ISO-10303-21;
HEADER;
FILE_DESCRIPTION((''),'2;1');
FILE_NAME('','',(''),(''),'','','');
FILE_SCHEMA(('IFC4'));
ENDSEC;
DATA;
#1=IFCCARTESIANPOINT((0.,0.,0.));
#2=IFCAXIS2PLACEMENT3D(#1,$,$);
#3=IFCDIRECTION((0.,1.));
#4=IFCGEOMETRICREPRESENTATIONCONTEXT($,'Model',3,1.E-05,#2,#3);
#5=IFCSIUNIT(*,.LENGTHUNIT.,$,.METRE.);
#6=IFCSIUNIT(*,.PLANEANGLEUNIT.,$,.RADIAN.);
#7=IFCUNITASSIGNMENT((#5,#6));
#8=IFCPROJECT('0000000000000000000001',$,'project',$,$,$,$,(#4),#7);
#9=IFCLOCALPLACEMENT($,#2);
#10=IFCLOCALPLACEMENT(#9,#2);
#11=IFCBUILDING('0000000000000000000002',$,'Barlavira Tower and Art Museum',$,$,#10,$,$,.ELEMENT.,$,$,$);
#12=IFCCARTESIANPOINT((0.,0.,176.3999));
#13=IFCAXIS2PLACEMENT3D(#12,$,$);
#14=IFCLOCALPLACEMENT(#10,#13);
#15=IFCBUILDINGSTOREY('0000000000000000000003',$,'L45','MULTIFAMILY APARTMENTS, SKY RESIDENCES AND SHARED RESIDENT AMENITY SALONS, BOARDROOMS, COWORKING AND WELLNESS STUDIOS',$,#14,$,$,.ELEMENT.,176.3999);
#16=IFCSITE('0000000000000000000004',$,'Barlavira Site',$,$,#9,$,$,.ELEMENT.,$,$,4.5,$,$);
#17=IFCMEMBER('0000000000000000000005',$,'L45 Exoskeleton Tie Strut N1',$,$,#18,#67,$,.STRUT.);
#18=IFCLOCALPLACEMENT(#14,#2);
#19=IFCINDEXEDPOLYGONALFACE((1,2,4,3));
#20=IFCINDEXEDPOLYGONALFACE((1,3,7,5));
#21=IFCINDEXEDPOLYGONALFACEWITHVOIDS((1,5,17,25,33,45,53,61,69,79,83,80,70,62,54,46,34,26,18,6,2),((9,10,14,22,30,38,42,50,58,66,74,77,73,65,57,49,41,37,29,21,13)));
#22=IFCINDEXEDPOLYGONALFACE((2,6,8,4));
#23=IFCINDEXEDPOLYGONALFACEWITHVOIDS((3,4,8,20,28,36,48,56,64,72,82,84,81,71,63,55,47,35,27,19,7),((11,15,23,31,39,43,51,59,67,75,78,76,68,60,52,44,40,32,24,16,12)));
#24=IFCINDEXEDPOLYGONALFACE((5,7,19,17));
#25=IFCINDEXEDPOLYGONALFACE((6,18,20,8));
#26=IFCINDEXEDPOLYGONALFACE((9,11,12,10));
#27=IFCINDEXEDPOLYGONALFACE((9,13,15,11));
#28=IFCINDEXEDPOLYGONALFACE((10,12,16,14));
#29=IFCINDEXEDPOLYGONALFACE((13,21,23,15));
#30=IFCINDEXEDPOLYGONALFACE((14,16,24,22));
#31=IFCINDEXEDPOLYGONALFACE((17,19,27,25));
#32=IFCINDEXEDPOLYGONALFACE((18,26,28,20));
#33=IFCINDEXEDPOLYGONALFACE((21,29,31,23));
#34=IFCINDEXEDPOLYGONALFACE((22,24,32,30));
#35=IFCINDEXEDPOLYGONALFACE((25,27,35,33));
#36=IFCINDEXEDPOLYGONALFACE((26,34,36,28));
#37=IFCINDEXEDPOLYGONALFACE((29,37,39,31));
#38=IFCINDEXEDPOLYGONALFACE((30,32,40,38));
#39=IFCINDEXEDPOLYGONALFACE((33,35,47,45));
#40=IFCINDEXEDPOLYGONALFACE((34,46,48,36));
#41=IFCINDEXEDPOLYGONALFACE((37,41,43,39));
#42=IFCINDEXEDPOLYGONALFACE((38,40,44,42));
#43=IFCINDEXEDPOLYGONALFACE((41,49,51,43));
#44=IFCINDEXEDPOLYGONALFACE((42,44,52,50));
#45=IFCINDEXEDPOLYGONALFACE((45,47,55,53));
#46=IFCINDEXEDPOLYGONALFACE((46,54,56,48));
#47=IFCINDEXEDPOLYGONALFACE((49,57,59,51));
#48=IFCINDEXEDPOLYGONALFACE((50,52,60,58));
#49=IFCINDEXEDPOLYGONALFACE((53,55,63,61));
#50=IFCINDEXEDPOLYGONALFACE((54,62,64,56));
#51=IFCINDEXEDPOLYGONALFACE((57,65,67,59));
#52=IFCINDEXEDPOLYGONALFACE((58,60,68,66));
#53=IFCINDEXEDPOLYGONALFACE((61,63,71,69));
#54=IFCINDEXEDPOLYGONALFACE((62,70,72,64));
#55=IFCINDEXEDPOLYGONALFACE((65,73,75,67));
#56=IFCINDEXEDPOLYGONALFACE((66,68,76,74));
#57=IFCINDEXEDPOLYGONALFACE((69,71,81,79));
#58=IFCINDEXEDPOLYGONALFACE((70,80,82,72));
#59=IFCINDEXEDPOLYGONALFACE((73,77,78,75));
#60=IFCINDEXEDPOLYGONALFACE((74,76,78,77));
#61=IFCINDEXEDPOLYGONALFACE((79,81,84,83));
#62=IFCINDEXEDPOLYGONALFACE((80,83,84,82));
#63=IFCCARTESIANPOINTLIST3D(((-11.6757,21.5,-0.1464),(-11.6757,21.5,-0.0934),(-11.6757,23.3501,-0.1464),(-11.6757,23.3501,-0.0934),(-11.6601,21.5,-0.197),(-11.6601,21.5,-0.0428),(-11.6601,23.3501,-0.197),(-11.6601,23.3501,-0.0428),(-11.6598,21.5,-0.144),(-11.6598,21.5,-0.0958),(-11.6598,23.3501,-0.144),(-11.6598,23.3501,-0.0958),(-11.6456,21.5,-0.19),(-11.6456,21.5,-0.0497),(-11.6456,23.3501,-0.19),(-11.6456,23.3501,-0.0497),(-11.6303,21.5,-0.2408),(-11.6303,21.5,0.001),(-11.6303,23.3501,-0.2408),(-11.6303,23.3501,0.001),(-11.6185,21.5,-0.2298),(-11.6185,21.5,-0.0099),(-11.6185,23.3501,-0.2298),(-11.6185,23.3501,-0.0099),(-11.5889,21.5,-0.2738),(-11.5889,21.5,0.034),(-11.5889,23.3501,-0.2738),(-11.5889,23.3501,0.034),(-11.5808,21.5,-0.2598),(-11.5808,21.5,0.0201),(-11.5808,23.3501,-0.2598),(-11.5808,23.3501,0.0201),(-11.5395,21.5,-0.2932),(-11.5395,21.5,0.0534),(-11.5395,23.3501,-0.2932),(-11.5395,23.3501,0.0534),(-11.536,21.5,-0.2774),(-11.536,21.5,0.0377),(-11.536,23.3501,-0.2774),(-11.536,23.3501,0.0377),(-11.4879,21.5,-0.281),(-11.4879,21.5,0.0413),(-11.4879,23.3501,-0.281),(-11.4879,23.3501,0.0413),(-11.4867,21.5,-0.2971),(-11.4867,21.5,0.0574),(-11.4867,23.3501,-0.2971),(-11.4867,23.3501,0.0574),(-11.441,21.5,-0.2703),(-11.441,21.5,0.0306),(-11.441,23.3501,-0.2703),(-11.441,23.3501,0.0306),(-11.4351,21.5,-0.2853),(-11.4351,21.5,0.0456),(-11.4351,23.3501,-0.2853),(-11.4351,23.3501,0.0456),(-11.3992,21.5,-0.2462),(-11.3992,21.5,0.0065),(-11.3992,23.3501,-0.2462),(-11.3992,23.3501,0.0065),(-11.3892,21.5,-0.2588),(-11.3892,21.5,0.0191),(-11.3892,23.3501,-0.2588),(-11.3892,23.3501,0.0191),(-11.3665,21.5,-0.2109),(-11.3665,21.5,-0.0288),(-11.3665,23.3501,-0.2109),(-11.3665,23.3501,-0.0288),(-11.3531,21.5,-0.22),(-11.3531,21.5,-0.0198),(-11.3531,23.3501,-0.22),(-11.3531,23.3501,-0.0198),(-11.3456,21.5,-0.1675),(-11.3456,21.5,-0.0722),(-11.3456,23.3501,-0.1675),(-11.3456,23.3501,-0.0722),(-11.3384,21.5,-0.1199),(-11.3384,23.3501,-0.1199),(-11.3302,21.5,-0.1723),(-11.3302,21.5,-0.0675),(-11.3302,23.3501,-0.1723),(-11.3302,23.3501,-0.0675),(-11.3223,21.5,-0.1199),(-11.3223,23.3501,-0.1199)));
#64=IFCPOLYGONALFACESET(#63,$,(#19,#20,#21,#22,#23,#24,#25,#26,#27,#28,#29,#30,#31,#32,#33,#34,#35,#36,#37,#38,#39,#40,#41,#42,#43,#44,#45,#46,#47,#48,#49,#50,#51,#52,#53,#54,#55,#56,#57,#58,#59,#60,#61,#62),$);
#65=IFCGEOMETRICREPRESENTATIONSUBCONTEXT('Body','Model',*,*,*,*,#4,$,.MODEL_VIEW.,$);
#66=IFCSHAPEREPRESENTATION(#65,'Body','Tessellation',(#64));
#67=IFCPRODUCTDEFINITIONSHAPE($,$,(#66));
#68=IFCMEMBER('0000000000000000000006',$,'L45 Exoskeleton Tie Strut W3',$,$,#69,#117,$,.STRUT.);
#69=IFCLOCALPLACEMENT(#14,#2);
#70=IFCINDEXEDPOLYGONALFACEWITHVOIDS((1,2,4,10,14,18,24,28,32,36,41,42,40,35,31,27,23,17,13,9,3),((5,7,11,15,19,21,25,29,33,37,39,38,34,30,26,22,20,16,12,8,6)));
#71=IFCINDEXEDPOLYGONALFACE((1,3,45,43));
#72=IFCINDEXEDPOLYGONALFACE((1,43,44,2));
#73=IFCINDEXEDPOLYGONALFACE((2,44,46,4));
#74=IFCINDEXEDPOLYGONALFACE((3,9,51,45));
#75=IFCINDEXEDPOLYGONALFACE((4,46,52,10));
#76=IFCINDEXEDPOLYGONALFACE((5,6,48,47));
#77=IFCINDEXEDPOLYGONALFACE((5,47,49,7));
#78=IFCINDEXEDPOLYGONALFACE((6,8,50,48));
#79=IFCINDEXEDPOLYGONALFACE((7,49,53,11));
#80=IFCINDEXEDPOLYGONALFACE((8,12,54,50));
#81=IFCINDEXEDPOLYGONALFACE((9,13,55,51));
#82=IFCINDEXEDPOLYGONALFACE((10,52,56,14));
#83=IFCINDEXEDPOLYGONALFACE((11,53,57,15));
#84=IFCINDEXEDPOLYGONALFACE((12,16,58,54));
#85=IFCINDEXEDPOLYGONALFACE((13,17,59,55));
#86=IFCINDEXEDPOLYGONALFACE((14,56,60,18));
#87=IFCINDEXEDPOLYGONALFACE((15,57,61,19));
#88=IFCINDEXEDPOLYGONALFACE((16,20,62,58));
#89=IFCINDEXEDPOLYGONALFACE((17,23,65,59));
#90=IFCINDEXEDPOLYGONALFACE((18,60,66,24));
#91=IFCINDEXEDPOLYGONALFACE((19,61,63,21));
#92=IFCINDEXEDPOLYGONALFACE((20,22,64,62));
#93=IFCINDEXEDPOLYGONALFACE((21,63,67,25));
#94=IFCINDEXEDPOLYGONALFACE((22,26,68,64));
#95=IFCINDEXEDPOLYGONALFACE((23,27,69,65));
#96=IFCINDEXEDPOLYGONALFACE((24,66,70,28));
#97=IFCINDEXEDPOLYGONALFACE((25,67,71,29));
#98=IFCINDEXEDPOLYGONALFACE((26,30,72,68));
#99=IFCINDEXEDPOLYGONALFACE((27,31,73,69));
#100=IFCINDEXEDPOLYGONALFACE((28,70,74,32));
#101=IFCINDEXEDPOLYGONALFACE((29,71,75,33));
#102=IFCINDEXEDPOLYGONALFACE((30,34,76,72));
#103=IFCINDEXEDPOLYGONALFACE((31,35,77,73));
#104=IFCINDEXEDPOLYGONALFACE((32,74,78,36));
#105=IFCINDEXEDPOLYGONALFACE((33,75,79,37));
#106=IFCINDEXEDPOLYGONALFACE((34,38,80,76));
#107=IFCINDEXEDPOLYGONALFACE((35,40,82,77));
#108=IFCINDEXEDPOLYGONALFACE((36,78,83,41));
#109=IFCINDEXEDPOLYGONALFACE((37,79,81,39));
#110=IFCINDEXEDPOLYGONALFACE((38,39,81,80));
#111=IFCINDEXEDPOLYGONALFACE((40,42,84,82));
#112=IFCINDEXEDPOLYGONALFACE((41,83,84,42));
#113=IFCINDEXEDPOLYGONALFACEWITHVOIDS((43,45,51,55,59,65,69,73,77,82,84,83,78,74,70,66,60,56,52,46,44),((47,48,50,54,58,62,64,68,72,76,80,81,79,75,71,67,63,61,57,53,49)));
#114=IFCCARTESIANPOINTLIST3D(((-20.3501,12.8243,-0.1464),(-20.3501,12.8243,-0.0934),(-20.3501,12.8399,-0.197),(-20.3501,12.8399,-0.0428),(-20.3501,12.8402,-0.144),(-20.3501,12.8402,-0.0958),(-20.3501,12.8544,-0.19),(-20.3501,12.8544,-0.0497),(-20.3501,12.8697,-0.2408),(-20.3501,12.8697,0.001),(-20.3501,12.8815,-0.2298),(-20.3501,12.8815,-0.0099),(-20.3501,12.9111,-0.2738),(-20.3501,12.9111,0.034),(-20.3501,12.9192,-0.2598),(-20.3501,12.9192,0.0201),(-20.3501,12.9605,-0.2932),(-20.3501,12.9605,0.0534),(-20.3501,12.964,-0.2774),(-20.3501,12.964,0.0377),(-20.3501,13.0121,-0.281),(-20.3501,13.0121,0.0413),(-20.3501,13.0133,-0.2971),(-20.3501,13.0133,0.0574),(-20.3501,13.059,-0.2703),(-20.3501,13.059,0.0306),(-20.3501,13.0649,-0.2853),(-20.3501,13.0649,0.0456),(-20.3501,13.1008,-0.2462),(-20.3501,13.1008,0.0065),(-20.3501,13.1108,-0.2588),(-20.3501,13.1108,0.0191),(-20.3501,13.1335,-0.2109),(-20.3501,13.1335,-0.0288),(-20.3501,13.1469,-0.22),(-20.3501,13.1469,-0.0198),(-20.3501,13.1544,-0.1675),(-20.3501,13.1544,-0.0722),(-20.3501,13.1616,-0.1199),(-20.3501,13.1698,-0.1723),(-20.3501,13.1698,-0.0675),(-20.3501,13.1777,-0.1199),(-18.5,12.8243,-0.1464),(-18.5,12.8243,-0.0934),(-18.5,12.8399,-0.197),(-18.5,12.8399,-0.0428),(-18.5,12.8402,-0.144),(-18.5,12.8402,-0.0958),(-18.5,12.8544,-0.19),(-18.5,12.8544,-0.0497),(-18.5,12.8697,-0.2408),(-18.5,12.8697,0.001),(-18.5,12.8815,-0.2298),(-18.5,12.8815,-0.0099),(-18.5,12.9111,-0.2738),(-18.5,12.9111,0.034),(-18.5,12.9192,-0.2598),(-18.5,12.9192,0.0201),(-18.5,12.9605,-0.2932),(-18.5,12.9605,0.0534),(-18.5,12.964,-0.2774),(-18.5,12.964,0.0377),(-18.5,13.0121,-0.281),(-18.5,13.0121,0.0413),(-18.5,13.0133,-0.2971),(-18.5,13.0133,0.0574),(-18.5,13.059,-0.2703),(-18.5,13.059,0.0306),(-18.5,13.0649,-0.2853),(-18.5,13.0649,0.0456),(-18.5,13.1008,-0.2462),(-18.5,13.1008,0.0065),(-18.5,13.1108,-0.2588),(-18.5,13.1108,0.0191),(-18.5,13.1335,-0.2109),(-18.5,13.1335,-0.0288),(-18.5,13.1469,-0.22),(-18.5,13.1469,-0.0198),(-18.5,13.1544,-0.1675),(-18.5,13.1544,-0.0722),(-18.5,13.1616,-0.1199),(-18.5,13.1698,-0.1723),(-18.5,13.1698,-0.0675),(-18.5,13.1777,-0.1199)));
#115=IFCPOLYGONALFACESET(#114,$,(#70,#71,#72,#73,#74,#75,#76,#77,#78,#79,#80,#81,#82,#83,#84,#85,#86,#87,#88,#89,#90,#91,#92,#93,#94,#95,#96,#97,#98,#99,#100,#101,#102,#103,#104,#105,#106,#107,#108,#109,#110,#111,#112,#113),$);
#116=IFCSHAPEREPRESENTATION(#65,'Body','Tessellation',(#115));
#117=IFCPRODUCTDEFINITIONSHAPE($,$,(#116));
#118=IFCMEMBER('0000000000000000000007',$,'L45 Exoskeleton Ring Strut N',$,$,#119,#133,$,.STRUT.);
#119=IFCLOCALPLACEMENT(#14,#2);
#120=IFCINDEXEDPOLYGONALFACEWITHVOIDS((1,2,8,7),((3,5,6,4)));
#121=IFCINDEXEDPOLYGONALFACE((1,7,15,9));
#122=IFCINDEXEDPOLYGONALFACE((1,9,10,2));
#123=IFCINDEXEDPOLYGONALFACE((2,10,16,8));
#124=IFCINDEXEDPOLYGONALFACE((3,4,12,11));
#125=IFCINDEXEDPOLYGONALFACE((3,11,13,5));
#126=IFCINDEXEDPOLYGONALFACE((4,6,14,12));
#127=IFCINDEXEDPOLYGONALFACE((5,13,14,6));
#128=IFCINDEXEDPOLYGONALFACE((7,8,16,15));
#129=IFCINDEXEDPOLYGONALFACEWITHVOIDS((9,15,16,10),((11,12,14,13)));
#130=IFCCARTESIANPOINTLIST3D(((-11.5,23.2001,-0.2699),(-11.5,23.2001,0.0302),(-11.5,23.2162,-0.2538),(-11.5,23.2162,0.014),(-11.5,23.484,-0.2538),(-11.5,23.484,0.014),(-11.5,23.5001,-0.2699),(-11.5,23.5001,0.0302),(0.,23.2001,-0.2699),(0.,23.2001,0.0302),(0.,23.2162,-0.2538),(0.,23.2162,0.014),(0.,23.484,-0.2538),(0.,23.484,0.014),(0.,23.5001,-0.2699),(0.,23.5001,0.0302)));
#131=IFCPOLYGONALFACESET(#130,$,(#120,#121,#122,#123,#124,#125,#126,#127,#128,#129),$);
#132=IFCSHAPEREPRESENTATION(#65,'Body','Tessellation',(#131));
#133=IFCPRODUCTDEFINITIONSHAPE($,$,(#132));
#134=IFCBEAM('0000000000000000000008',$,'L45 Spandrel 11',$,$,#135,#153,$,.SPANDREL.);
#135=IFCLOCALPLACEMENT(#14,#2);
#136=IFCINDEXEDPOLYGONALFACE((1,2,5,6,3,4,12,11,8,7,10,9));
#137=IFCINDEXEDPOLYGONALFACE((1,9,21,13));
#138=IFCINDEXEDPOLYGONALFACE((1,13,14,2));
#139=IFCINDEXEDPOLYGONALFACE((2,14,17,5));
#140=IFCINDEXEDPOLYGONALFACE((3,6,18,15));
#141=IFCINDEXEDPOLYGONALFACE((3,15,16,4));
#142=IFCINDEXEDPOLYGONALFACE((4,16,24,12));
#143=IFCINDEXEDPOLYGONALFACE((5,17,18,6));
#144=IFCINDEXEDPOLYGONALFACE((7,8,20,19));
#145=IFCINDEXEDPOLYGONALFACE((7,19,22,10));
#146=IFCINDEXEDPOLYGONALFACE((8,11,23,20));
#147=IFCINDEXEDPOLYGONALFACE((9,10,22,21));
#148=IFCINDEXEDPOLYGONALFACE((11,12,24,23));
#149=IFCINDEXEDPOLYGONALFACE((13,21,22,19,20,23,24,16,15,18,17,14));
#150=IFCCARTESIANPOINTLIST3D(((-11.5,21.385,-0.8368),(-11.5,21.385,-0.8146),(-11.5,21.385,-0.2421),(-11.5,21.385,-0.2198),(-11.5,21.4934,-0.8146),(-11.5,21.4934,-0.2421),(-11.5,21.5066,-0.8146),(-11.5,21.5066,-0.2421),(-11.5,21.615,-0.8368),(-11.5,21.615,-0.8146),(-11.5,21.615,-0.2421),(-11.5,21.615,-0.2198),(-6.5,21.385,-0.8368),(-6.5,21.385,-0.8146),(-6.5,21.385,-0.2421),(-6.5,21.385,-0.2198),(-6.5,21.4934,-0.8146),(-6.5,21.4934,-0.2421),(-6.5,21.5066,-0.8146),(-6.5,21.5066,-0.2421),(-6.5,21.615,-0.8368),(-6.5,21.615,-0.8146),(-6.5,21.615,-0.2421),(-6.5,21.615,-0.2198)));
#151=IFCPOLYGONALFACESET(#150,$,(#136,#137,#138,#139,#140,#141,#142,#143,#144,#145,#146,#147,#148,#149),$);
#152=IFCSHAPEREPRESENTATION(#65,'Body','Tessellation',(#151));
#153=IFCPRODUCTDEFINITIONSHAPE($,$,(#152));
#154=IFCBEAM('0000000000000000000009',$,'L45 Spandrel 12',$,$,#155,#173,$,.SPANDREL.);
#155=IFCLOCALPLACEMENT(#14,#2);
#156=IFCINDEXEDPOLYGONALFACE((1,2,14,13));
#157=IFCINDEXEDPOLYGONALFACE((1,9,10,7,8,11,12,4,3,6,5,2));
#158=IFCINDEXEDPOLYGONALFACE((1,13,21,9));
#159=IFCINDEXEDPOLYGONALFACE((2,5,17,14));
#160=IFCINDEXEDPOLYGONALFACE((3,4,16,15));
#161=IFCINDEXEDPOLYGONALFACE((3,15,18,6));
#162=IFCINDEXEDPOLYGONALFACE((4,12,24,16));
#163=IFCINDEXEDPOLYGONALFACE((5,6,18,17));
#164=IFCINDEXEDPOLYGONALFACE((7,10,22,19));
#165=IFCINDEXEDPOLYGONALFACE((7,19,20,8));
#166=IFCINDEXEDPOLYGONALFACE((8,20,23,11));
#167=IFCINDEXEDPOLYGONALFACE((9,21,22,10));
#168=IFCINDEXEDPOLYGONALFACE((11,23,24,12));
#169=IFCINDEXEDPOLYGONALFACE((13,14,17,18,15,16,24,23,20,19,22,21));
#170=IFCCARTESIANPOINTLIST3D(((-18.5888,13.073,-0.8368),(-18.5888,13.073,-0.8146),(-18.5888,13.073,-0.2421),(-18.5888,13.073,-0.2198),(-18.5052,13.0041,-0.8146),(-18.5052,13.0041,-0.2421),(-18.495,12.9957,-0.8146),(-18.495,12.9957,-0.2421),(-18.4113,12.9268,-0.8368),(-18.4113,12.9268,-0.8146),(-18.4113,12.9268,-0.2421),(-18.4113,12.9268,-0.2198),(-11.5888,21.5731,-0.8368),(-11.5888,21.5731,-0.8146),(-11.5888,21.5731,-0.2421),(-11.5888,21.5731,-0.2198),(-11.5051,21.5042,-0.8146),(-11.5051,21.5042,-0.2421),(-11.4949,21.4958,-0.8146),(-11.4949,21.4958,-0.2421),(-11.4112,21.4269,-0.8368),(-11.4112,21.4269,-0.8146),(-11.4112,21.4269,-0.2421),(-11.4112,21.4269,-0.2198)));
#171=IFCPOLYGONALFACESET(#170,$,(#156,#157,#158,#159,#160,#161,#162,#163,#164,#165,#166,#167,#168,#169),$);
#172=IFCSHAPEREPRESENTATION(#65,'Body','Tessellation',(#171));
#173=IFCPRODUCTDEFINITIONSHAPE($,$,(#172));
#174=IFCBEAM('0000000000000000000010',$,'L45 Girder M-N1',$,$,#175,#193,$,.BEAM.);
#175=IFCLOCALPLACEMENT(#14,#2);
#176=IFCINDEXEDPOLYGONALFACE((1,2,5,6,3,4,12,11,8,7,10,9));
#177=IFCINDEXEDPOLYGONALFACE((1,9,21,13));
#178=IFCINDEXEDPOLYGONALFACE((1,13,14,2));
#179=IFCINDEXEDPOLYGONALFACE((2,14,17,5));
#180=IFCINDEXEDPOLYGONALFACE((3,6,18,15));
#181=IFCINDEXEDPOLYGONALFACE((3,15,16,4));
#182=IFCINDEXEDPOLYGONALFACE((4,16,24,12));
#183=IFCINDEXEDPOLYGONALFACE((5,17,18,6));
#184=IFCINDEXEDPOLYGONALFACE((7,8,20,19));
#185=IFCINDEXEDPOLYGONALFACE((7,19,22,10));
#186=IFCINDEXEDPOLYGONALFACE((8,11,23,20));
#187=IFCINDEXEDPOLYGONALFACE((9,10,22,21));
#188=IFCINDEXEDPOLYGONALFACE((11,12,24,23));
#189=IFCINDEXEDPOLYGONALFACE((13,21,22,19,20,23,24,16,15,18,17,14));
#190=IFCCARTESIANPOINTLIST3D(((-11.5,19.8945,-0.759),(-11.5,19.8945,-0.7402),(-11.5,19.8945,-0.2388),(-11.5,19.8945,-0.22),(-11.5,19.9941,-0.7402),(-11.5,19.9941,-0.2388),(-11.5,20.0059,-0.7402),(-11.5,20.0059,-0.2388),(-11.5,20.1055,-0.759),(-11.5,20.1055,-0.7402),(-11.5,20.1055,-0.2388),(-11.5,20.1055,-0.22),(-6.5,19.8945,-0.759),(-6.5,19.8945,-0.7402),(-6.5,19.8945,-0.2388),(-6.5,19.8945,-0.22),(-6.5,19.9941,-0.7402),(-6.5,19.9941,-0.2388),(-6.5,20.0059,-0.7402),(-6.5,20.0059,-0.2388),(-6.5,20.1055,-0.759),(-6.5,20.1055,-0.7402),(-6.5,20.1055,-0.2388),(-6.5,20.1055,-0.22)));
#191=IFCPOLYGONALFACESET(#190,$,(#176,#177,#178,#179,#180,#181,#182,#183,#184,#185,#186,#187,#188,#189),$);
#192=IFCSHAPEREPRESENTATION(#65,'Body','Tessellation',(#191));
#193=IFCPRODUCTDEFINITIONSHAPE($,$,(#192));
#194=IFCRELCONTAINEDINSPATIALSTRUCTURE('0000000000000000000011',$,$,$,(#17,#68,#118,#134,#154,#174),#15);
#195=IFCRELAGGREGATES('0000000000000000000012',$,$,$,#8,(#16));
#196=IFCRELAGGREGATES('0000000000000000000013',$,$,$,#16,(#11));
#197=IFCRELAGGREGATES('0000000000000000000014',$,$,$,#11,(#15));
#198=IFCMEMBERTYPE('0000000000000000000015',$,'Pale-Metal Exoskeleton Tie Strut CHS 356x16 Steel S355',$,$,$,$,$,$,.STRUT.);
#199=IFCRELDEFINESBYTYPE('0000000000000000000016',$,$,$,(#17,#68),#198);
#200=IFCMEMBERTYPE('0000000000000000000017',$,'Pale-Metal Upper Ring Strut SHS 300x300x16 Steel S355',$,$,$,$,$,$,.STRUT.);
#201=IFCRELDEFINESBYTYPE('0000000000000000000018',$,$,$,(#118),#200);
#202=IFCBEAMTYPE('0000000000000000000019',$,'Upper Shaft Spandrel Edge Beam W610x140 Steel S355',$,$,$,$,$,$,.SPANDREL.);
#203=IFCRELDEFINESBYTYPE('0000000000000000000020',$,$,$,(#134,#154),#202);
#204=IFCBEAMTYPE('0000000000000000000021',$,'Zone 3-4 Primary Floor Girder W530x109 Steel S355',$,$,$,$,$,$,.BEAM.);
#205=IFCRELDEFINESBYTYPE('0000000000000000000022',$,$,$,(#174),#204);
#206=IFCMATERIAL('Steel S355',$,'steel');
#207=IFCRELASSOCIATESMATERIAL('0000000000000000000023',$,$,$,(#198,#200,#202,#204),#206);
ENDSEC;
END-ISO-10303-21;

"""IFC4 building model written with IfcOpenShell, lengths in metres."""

from ifc_helpers import new_model, si_unit, direction, frame, origin, origin_2d, place, context, subcontext, project, spatial, hollow_rectangle, hollow_circle, i_section, extrude, material, material_profile, profile_set, type_object, element, save


model = new_model("IFC4")

# Units and contexts
model_context = context("Model", 3, precision=1e-05, world=origin(), true_north=direction((0.0, 1.0)))
body_context = subcontext(model_context, "Body", "Model", "MODEL_VIEW")
ifc_project = project(units=[si_unit("LENGTHUNIT", "METRE"), si_unit("PLANEANGLEUNIT", "RADIAN")], contexts=[model_context])

# Site, building, storey
site_placement = place(None, origin())
site = spatial("IfcSite", under=ifc_project, at=site_placement, Name="Barlavira Site", CompositionType="ELEMENT", RefElevation=4.5)
building_placement = place(site_placement, origin())
building = spatial("IfcBuilding", under=site, at=building_placement, Name="Barlavira Tower and Art Museum", CompositionType="ELEMENT")
storey_placement = place(building_placement, frame((0.0, 0.0, 176.3999)))
storey = spatial("IfcBuildingStorey", under=building, at=storey_placement, Name="L45", Description="MULTIFAMILY APARTMENTS, SKY RESIDENCES AND SHARED RESIDENT AMENITY SALONS, BOARDROOMS, COWORKING AND WELLNESS STUDIOS", CompositionType="ELEMENT", Elevation=176.3999)

# Members
ifc_material_1 = material(Name="Steel S355", Category="steel")
ifc_material_profile_1 = material_profile(ifc_material_1, hollow_circle(Radius=0.1777, WallThickness=0.0161, at=origin_2d()), Name="CHS 355.6x16.0")
ifc_profile_set_1 = profile_set([ifc_material_profile_1], Name="Steel S355")
member_type_1 = type_object("IfcMemberType", Name="Pale-Metal Exoskeleton Tie Strut CHS 356x16 Steel S355", PredefinedType="STRUT", material=ifc_profile_set_1)
for number, where, z_axis, x_axis, name in (
    (1, (-11.5, 23.3501, -0.1199), (0.0, -1.0, 0.0), (1.0, 0.0, 0.0), "L45 Exoskeleton Tie Strut N1"),
    (2, (-20.3501, 13.0, -0.1199), (1.0, 0.0, 0.0), (0.0, 1.0, 0.0), "L45 Exoskeleton Tie Strut W3"),
):
    element("IfcMember", number, at=place(storey_placement, frame(where, z_axis=z_axis, x_axis=x_axis)), inside=storey, type_object=member_type_1, Name=name, PredefinedType="STRUT", context=body_context, shape_type="SweptSolid", body=[
        extrude(hollow_circle(Radius=0.1777, WallThickness=0.0161, at=origin_2d()), origin(), (0.0, 0.0, 1.0), 1.8501),
    ])
ifc_material_profile_2 = material_profile(ifc_material_1, hollow_rectangle(XDim=0.3, YDim=0.3, WallThickness=0.0161, at=origin_2d()), Name="SHS 300x300x16.0")
ifc_profile_set_2 = profile_set([ifc_material_profile_2], Name="Steel S355")
member_type_2 = type_object("IfcMemberType", Name="Pale-Metal Upper Ring Strut SHS 300x300x16 Steel S355", PredefinedType="STRUT", material=ifc_profile_set_2)
member_1_placement = place(storey_placement, frame((-11.5, 23.3501, -0.1199), z_axis=(1.0, 0.0, 0.0), x_axis=(0.0, 1.0, 0.0)))
element("IfcMember", 3, at=member_1_placement, inside=storey, type_object=member_type_2, Name="L45 Exoskeleton Ring Strut N", PredefinedType="STRUT", context=body_context, shape_type="SweptSolid", body=[
    extrude(hollow_rectangle(XDim=0.3, YDim=0.3, WallThickness=0.0161, at=origin_2d()), origin(), (0.0, 0.0, 1.0), 11.5),
])

# Beams
ifc_material_profile_3 = material_profile(ifc_material_1, i_section(OverallWidth=0.23, OverallDepth=0.6169, WebThickness=0.0132, FlangeThickness=0.0222, at=origin_2d()), Name="W610x140.0")
ifc_profile_set_3 = profile_set([ifc_material_profile_3], Name="Steel S355")
beam_type_1 = type_object("IfcBeamType", Name="Upper Shaft Spandrel Edge Beam W610x140 Steel S355", PredefinedType="SPANDREL", material=ifc_profile_set_3)
beam_1_placement = place(storey_placement, frame((-11.5, 21.5, -0.5283), z_axis=(1.0, 0.0, 0.0), x_axis=(0.0, 1.0, 0.0)))
element("IfcBeam", 4, at=beam_1_placement, inside=storey, type_object=beam_type_1, Name="L45 Spandrel 11", PredefinedType="SPANDREL", context=body_context, shape_type="SweptSolid", body=[
    extrude(i_section(OverallWidth=0.23, OverallDepth=0.6169, WebThickness=0.0132, FlangeThickness=0.0222, at=origin_2d()), origin(), (0.0, 0.0, 1.0), 5.0),
])
beam_2_placement = place(storey_placement, frame((-11.5, 21.5, -0.5283), z_axis=(-0.635707, -0.77193, 0.0), x_axis=(0.77193, -0.635707, 0.0)))
element("IfcBeam", 5, at=beam_2_placement, inside=storey, type_object=beam_type_1, Name="L45 Spandrel 12", PredefinedType="SPANDREL", context=body_context, shape_type="SweptSolid", body=[
    extrude(i_section(OverallWidth=0.23, OverallDepth=0.6169, WebThickness=0.0132, FlangeThickness=0.0222, at=origin_2d()), origin(), (0.0, 0.0, 1.0), 11.0115),
])
ifc_material_profile_4 = material_profile(ifc_material_1, i_section(OverallWidth=0.2109, OverallDepth=0.5391, WebThickness=0.0117, FlangeThickness=0.0188, at=origin_2d()), Name="W530x109.0")
ifc_profile_set_4 = profile_set([ifc_material_profile_4], Name="Steel S355")
beam_type_2 = type_object("IfcBeamType", Name="Zone 3-4 Primary Floor Girder W530x109 Steel S355", PredefinedType="BEAM", material=ifc_profile_set_4)
beam_3_placement = place(storey_placement, frame((-11.5, 20.0, -0.4895), z_axis=(1.0, 0.0, 0.0), x_axis=(0.0, 1.0, 0.0)))
element("IfcBeam", 6, at=beam_3_placement, inside=storey, type_object=beam_type_2, Name="L45 Girder M-N1", PredefinedType="BEAM", context=body_context, shape_type="SweptSolid", body=[
    extrude(i_section(OverallWidth=0.2109, OverallDepth=0.5391, WebThickness=0.0117, FlangeThickness=0.0188, at=origin_2d()), origin(), (0.0, 0.0, 1.0), 5.0),
])

save(model, "model.ifc")
